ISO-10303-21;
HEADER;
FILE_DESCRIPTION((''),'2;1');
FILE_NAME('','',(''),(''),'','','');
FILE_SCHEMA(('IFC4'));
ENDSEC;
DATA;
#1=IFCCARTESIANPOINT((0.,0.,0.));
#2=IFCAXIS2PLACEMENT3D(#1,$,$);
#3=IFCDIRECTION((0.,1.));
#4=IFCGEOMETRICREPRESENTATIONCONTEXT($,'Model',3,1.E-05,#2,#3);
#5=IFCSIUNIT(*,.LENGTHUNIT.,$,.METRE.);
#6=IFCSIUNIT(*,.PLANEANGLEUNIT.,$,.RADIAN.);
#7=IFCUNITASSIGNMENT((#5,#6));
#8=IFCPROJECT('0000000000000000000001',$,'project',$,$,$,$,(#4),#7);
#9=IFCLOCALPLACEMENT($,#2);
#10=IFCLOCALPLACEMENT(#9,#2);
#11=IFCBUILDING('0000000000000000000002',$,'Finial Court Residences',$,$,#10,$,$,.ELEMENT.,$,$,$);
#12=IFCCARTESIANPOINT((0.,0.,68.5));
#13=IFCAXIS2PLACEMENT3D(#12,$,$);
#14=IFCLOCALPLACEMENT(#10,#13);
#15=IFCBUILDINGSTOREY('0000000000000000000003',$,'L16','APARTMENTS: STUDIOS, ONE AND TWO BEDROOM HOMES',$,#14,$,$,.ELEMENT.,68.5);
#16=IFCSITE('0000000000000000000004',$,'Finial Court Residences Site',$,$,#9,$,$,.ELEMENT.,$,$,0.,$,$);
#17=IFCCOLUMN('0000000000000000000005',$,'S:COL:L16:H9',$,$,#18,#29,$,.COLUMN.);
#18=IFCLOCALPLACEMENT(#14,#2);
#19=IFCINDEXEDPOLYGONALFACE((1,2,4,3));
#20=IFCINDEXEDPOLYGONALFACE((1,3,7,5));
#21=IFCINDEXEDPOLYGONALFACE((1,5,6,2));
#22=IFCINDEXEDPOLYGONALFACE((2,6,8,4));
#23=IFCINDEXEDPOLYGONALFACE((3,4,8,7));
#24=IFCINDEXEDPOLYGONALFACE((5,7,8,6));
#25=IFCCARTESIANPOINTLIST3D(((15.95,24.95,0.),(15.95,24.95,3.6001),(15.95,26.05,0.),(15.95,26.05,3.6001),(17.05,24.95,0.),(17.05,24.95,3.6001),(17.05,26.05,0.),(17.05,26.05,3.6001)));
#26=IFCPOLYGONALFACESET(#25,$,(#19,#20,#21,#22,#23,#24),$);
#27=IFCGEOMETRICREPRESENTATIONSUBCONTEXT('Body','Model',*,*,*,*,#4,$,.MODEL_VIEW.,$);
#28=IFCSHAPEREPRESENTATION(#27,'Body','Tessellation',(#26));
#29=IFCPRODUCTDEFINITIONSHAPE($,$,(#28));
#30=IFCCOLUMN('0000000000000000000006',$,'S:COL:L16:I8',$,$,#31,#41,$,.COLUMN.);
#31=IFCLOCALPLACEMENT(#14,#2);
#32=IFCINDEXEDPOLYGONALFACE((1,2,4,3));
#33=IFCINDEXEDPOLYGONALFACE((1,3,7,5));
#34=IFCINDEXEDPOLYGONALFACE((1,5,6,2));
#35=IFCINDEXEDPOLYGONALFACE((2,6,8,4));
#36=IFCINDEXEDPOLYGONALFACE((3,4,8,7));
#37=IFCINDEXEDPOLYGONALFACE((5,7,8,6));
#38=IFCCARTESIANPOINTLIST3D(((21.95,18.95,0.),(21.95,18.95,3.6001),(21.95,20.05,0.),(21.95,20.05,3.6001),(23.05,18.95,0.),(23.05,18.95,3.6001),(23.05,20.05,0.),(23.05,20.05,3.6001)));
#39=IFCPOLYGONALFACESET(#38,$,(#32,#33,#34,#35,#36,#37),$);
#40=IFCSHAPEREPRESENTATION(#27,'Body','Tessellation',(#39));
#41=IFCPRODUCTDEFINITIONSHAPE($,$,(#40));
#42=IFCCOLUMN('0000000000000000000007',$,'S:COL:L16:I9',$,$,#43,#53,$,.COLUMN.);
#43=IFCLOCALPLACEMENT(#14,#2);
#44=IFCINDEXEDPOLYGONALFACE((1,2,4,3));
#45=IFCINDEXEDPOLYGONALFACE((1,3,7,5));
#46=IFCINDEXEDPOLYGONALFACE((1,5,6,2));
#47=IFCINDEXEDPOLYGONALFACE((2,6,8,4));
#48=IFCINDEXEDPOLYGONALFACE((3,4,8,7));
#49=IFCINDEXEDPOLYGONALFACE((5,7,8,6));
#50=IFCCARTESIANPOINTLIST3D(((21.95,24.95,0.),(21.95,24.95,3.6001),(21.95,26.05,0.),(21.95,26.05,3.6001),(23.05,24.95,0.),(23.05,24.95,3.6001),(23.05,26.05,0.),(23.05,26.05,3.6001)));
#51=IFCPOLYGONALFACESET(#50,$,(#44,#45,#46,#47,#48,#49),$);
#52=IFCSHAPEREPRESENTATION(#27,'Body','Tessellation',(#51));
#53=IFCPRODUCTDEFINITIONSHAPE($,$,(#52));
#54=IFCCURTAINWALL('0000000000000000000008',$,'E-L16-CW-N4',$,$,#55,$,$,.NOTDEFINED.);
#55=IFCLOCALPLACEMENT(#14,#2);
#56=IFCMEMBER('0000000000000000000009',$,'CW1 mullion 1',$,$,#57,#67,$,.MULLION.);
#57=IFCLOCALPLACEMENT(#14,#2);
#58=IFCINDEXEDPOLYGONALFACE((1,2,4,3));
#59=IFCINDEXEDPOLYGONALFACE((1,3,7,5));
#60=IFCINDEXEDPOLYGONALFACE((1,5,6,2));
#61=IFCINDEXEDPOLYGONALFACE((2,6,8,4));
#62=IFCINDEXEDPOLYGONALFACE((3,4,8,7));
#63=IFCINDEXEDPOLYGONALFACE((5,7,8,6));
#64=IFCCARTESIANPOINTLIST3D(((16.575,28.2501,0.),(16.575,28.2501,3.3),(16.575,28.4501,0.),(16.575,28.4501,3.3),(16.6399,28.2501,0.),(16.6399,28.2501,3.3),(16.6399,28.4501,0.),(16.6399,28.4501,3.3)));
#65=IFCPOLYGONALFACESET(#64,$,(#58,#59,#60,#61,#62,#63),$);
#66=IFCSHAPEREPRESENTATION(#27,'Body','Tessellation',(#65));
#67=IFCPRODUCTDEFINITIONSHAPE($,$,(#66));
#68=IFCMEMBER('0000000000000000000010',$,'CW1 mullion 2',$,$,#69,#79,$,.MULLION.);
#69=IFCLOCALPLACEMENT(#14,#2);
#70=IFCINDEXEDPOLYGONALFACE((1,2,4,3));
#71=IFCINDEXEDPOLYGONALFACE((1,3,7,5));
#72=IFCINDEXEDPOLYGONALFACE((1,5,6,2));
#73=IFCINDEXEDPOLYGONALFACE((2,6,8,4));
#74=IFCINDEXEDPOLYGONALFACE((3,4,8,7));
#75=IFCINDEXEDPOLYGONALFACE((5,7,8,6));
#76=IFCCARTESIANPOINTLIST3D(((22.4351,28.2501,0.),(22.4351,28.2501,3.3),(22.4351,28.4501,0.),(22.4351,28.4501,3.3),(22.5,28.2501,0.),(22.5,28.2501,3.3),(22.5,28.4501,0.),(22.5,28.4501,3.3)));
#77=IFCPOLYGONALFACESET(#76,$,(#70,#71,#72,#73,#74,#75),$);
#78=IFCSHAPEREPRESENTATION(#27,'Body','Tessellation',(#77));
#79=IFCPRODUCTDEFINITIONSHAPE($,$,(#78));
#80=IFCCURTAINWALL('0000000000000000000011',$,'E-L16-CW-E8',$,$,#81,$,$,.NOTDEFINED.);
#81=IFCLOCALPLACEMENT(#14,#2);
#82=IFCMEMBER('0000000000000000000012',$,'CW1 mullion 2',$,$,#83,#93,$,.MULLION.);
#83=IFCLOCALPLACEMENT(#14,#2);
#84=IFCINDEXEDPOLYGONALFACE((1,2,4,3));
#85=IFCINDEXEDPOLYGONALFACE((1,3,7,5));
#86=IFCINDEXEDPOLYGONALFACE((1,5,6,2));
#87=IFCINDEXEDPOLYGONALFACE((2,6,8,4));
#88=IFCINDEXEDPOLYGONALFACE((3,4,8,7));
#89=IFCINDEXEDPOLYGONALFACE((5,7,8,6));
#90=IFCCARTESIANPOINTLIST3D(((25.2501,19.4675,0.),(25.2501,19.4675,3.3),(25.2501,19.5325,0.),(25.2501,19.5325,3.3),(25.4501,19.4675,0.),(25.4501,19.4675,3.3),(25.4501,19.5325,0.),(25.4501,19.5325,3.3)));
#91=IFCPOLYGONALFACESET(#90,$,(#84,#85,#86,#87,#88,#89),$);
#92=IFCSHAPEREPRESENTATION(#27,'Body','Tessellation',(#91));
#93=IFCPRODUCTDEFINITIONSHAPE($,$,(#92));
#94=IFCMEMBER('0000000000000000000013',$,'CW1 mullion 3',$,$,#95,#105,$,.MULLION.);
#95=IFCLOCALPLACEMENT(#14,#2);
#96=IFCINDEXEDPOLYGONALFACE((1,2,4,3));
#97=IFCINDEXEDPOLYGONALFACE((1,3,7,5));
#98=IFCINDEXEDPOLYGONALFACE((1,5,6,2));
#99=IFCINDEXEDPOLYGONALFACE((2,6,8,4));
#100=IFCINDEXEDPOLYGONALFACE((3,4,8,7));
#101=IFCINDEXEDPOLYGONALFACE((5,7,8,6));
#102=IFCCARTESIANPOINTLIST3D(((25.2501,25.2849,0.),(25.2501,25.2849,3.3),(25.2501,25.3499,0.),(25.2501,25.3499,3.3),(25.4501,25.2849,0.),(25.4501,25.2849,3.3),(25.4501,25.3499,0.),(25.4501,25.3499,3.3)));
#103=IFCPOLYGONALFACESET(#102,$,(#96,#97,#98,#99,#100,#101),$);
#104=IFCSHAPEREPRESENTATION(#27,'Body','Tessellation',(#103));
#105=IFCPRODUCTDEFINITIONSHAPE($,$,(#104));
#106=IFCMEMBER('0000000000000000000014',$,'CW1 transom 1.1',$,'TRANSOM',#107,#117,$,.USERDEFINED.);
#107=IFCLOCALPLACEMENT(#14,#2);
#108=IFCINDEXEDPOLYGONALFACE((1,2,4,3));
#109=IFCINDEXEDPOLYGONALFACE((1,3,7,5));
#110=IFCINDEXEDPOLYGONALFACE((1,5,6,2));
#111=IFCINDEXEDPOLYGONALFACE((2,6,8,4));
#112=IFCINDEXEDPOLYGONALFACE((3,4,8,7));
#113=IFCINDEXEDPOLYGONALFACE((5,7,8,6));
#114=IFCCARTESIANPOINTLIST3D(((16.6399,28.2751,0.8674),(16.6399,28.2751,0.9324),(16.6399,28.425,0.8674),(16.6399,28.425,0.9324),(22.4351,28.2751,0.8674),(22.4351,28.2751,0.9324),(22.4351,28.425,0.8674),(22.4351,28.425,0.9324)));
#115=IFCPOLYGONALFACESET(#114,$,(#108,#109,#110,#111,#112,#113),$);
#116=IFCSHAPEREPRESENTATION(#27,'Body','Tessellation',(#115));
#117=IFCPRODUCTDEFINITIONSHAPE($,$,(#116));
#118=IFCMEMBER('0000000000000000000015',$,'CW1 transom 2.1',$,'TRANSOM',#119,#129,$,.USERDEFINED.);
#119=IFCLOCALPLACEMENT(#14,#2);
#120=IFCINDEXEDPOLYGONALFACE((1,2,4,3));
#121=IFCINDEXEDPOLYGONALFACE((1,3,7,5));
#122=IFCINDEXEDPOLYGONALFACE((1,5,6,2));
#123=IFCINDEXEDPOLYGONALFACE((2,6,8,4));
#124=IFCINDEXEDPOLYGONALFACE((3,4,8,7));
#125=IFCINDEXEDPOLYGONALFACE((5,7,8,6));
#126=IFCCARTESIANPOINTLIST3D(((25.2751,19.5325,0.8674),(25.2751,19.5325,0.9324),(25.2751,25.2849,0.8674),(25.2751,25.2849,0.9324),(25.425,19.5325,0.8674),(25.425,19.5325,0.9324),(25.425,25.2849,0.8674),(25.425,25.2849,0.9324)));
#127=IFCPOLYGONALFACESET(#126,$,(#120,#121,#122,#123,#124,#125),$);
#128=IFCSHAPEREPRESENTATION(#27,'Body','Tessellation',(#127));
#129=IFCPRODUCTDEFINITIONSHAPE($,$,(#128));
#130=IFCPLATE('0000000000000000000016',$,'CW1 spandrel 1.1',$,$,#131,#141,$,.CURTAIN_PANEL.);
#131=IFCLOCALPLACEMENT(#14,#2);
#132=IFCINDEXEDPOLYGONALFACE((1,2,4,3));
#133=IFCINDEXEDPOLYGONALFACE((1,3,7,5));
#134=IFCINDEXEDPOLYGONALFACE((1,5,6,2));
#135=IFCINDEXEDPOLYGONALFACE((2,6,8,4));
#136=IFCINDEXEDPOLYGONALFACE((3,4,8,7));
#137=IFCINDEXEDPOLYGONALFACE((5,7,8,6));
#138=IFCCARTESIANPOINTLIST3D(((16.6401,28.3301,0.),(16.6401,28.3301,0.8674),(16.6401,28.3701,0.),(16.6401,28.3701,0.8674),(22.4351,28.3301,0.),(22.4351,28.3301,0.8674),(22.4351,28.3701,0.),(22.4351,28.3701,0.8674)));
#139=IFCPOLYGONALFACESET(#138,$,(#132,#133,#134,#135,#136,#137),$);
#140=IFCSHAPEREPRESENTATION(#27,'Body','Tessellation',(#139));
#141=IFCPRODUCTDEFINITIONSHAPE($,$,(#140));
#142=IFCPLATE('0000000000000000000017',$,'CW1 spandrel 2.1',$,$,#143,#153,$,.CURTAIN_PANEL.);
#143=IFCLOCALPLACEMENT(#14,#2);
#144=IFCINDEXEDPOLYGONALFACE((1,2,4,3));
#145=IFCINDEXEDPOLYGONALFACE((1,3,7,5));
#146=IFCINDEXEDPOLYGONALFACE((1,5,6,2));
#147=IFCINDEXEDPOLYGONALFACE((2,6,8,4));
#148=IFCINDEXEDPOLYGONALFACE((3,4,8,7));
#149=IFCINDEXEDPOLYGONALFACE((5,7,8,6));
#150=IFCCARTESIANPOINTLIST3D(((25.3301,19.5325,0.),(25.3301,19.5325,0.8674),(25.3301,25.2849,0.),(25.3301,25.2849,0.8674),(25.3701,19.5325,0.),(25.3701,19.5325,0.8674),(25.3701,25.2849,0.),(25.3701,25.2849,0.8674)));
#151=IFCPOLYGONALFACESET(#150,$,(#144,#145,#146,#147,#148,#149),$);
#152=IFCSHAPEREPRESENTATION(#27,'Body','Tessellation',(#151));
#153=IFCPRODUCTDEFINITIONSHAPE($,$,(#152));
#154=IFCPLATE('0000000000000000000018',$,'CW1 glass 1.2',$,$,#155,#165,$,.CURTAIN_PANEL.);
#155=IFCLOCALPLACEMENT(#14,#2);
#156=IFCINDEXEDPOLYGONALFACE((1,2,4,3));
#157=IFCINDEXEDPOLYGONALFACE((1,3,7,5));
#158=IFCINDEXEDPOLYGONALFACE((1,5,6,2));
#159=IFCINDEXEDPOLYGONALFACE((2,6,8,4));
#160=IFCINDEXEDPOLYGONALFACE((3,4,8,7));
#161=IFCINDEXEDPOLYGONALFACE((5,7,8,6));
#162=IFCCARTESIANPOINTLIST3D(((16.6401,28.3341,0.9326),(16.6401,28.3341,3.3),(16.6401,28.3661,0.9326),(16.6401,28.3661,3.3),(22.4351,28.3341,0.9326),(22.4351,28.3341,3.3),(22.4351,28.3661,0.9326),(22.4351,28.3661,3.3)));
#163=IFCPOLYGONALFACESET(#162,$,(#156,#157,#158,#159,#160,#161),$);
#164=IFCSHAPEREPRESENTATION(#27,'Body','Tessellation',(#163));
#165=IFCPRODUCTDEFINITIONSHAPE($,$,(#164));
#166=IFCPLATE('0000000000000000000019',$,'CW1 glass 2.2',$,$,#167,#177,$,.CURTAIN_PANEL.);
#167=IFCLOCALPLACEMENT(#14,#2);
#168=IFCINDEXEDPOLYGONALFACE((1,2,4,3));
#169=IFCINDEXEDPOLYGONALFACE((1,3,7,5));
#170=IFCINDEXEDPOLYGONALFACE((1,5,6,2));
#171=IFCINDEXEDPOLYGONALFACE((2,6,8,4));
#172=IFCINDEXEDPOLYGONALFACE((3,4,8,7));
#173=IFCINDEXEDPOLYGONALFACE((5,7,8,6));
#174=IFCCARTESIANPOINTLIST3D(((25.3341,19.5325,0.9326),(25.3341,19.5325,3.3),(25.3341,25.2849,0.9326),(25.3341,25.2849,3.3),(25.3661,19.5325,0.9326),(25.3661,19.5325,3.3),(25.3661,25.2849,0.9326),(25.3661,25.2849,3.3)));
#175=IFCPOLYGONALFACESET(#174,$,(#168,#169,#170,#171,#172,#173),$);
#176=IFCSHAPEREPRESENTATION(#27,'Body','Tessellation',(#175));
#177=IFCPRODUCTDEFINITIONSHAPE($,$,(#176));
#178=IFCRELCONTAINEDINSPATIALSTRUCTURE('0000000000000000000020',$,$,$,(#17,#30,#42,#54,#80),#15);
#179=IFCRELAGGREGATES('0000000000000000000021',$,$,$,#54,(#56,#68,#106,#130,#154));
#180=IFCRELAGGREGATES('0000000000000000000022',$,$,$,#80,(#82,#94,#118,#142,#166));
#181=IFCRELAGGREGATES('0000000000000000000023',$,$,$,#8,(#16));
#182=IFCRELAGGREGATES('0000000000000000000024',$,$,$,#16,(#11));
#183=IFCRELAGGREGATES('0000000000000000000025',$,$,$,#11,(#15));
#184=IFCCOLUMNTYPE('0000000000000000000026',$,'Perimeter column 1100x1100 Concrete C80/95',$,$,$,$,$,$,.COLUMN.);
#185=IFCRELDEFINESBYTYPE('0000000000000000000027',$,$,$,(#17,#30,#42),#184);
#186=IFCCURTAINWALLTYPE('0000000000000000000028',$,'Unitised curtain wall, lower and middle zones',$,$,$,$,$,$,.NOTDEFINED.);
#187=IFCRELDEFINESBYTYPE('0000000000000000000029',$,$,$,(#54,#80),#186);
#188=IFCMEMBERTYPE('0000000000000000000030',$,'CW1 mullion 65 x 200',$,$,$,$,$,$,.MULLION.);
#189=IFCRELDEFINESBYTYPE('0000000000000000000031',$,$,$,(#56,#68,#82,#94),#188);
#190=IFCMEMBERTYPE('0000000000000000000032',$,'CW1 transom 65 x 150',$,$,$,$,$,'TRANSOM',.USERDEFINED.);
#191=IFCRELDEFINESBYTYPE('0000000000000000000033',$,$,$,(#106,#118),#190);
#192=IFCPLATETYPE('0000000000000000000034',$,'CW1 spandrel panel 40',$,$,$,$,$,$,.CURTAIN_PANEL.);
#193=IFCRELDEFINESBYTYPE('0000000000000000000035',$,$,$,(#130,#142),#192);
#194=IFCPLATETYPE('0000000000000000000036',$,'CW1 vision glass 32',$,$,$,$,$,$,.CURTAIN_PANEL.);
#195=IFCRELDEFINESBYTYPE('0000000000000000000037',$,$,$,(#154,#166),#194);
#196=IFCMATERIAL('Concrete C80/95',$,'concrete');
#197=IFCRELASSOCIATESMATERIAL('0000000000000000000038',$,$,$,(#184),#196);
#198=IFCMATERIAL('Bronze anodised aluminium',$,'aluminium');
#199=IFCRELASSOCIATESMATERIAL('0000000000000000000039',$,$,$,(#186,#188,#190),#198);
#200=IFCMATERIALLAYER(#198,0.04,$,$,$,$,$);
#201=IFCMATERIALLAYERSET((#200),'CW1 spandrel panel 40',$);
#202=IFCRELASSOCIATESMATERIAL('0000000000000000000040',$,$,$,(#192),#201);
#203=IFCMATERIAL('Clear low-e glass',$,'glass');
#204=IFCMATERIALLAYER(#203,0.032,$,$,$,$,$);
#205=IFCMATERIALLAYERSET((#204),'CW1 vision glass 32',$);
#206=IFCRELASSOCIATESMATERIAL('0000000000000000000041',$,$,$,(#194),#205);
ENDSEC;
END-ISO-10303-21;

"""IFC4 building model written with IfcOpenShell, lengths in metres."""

from ifc_helpers import new_model, si_unit, direction, frame, origin, origin_2d, place, context, subcontext, project, spatial, rectangle, extrude, material, layer, layer_set, material_profile, profile_set, type_object, element, aggregate, save


model = new_model("IFC4")

# Units and contexts
model_context = context("Model", 3, precision=1e-05, world=origin(), true_north=direction((0.0, 1.0)))
body_context = subcontext(model_context, "Body", "Model", "MODEL_VIEW")
ifc_project = project(units=[si_unit("LENGTHUNIT", "METRE"), si_unit("PLANEANGLEUNIT", "RADIAN")], contexts=[model_context])

# Site, building, storey
site_placement = place(None, origin())
site = spatial("IfcSite", under=ifc_project, at=site_placement, Name="Finial Court Residences Site", CompositionType="ELEMENT", RefElevation=0.0)
building_placement = place(site_placement, origin())
building = spatial("IfcBuilding", under=site, at=building_placement, Name="Finial Court Residences", CompositionType="ELEMENT")
storey_placement = place(building_placement, frame((0.0, 0.0, 68.5)))
storey = spatial("IfcBuildingStorey", under=building, at=storey_placement, Name="L16", Description="APARTMENTS: STUDIOS, ONE AND TWO BEDROOM HOMES", CompositionType="ELEMENT", Elevation=68.5)

# Columns
ifc_material_1 = material(Name="Concrete C80/95", Category="concrete")
ifc_material_profile_1 = material_profile(ifc_material_1, rectangle(XDim=1.1001, YDim=1.1001, at=origin_2d()), Name="1100x1100")
ifc_profile_set_1 = profile_set([ifc_material_profile_1], Name="Concrete C80/95")
column_type = type_object("IfcColumnType", Name="Perimeter column 1100x1100 Concrete C80/95", PredefinedType="COLUMN", material=ifc_profile_set_1)
for number, where, z_axis, x_axis, name in (
    (1, (16.5, 25.5, 0.0), (0.0, 0.0, 1.0), (1.0, 0.0, 0.0), "S:COL:L16:H9"),
    (2, (22.5, 19.5, 0.0), (0.0, 0.0, 1.0), (1.0, 0.0, 0.0), "S:COL:L16:I8"),
    (3, (22.5, 25.5, 0.0), (0.0, 0.0, 1.0), (1.0, 0.0, 0.0), "S:COL:L16:I9"),
):
    element("IfcColumn", number, at=place(storey_placement, frame(where, z_axis=z_axis, x_axis=x_axis)), inside=storey, type_object=column_type, Name=name, PredefinedType="COLUMN", context=body_context, shape_type="SweptSolid", body=[
        extrude(rectangle(XDim=1.1001, YDim=1.1001, at=origin_2d()), origin(), (0.0, 0.0, 1.0), 3.6001),
    ])

# Curtain walls, members
ifc_material_2 = material(Name="Bronze anodised aluminium", Category="aluminium")
curtain_wall_type = type_object("IfcCurtainWallType", Name="Unitised curtain wall, lower and middle zones", PredefinedType="NOTDEFINED", material=ifc_material_2)
curtain_wall_1_placement = place(storey_placement, origin())
curtain_wall_1 = element("IfcCurtainWall", 4, at=curtain_wall_1_placement, inside=storey, type_object=curtain_wall_type, Name="E-L16-CW-N4", PredefinedType="NOTDEFINED")
ifc_material_profile_2 = material_profile(ifc_material_2, rectangle(XDim=0.2, YDim=0.0649, at=origin_2d()), Name="CW1 mullion 65 x 200")
ifc_profile_set_2 = profile_set([ifc_material_profile_2], Name="Bronze anodised aluminium")
member_type_1 = type_object("IfcMemberType", Name="CW1 mullion 65 x 200", PredefinedType="MULLION", material=ifc_profile_set_2)
member_1_placement = place(storey_placement, frame((16.6074, 28.3501, 0.0), z_axis=(0.0, 0.0, 1.0), x_axis=(0.0, 1.0, 0.0)))
member_1 = element("IfcMember", 5, at=member_1_placement, type_object=member_type_1, Name="CW1 mullion 1", PredefinedType="MULLION", context=body_context, shape_type="SweptSolid", body=[
    extrude(rectangle(XDim=0.2, YDim=0.0649, at=origin_2d()), origin(), (0.0, 0.0, 1.0), 3.3),
])
member_2_placement = place(storey_placement, frame((22.4675, 28.3501, 0.0), z_axis=(0.0, 0.0, 1.0), x_axis=(0.0, 1.0, 0.0)))
member_2 = element("IfcMember", 6, at=member_2_placement, type_object=member_type_1, Name="CW1 mullion 2", PredefinedType="MULLION", context=body_context, shape_type="SweptSolid", body=[
    extrude(rectangle(XDim=0.2, YDim=0.0649, at=origin_2d()), origin(), (0.0, 0.0, 1.0), 3.3),
])
curtain_wall_2_placement = place(storey_placement, origin())
curtain_wall_2 = element("IfcCurtainWall", 7, at=curtain_wall_2_placement, inside=storey, type_object=curtain_wall_type, Name="E-L16-CW-E8", PredefinedType="NOTDEFINED")
member_3_placement = place(storey_placement, frame((25.3501, 19.5, 0.0), z_axis=(0.0, 0.0, 1.0), x_axis=(-1.0, 0.0, 0.0)))
member_3 = element("IfcMember", 8, at=member_3_placement, type_object=member_type_1, Name="CW1 mullion 2", PredefinedType="MULLION", context=body_context, shape_type="SweptSolid", body=[
    extrude(rectangle(XDim=0.2, YDim=0.0649, at=origin_2d()), origin(), (0.0, 0.0, 1.0), 3.3),
])
member_4_placement = place(storey_placement, frame((25.3501, 25.3174, 0.0), z_axis=(0.0, 0.0, 1.0), x_axis=(-1.0, 0.0, 0.0)))
member_4 = element("IfcMember", 9, at=member_4_placement, type_object=member_type_1, Name="CW1 mullion 3", PredefinedType="MULLION", context=body_context, shape_type="SweptSolid", body=[
    extrude(rectangle(XDim=0.2, YDim=0.0649, at=origin_2d()), origin(), (0.0, 0.0, 1.0), 3.3),
])

# Members
ifc_material_profile_3 = material_profile(ifc_material_2, rectangle(XDim=0.1499, YDim=0.0649, at=origin_2d()), Name="CW1 transom 65 x 150")
ifc_profile_set_3 = profile_set([ifc_material_profile_3], Name="Bronze anodised aluminium")
member_type_2 = type_object("IfcMemberType", Name="CW1 transom 65 x 150", ElementType="TRANSOM", PredefinedType="USERDEFINED", material=ifc_profile_set_3)
member_5_placement = place(storey_placement, frame((16.6399, 28.3501, 0.8999), z_axis=(1.0, 0.0, 0.0), x_axis=(0.0, 1.0, 0.0)))
member_5 = element("IfcMember", 10, at=member_5_placement, type_object=member_type_2, Name="CW1 transom 1.1", ObjectType="TRANSOM", PredefinedType="USERDEFINED", context=body_context, shape_type="SweptSolid", body=[
    extrude(rectangle(XDim=0.1499, YDim=0.0649, at=origin_2d()), origin(), (0.0, 0.0, 1.0), 5.7952),
])
member_6_placement = place(storey_placement, frame((25.3501, 19.5325, 0.8999), z_axis=(0.0, 1.0, 0.0), x_axis=(-1.0, 0.0, 0.0)))
member_6 = element("IfcMember", 11, at=member_6_placement, type_object=member_type_2, Name="CW1 transom 2.1", ObjectType="TRANSOM", PredefinedType="USERDEFINED", context=body_context, shape_type="SweptSolid", body=[
    extrude(rectangle(XDim=0.1499, YDim=0.0649, at=origin_2d()), origin(), (0.0, 0.0, 1.0), 5.7524),
])

# Plates
ifc_layer_1 = layer(ifc_material_2, 0.04)
ifc_layer_set_1 = layer_set([ifc_layer_1], Name="CW1 spandrel panel 40")
plate_type_1 = type_object("IfcPlateType", Name="CW1 spandrel panel 40", PredefinedType="CURTAIN_PANEL", material=ifc_layer_set_1)
plate_1_placement = place(storey_placement, frame((19.5376, 28.3501, 0.0), z_axis=(0.0, 0.0, 1.0), x_axis=(1.0, 0.0, 0.0)))
plate_1 = element("IfcPlate", 12, at=plate_1_placement, type_object=plate_type_1, Name="CW1 spandrel 1.1", PredefinedType="CURTAIN_PANEL", context=body_context, shape_type="SweptSolid", body=[
    extrude(rectangle(XDim=5.7949, YDim=0.04, at=origin_2d()), origin(), (0.0, 0.0, 1.0), 0.8674),
])
plate_2_placement = place(storey_placement, frame((25.3501, 22.4087, 0.0), z_axis=(0.0, 0.0, 1.0), x_axis=(0.0, 1.0, 0.0)))
plate_2 = element("IfcPlate", 13, at=plate_2_placement, type_object=plate_type_1, Name="CW1 spandrel 2.1", PredefinedType="CURTAIN_PANEL", context=body_context, shape_type="SweptSolid", body=[
    extrude(rectangle(XDim=5.7524, YDim=0.04, at=origin_2d()), origin(), (0.0, 0.0, 1.0), 0.8674),
])
ifc_material_3 = material(Name="Clear low-e glass", Category="glass")
ifc_layer_2 = layer(ifc_material_3, 0.032)
ifc_layer_set_2 = layer_set([ifc_layer_2], Name="CW1 vision glass 32")
plate_type_2 = type_object("IfcPlateType", Name="CW1 vision glass 32", PredefinedType="CURTAIN_PANEL", material=ifc_layer_set_2)
plate_3_placement = place(storey_placement, frame((19.5376, 28.3501, 0.9326), z_axis=(0.0, 0.0, 1.0), x_axis=(1.0, 0.0, 0.0)))
plate_3 = element("IfcPlate", 14, at=plate_3_placement, type_object=plate_type_2, Name="CW1 glass 1.2", PredefinedType="CURTAIN_PANEL", context=body_context, shape_type="SweptSolid", body=[
    extrude(rectangle(XDim=5.7949, YDim=0.032, at=origin_2d()), origin(), (0.0, 0.0, 1.0), 2.3674),
])
aggregate(curtain_wall_1, [member_1, member_2, member_5, plate_1, plate_3])
plate_4_placement = place(storey_placement, frame((25.3501, 22.4087, 0.9326), z_axis=(0.0, 0.0, 1.0), x_axis=(0.0, 1.0, 0.0)))
plate_4 = element("IfcPlate", 15, at=plate_4_placement, type_object=plate_type_2, Name="CW1 glass 2.2", PredefinedType="CURTAIN_PANEL", context=body_context, shape_type="SweptSolid", body=[
    extrude(rectangle(XDim=5.7524, YDim=0.032, at=origin_2d()), origin(), (0.0, 0.0, 1.0), 2.3674),
])
aggregate(curtain_wall_2, [member_3, member_4, member_6, plate_2, plate_4])

save(model, "model.ifc")
